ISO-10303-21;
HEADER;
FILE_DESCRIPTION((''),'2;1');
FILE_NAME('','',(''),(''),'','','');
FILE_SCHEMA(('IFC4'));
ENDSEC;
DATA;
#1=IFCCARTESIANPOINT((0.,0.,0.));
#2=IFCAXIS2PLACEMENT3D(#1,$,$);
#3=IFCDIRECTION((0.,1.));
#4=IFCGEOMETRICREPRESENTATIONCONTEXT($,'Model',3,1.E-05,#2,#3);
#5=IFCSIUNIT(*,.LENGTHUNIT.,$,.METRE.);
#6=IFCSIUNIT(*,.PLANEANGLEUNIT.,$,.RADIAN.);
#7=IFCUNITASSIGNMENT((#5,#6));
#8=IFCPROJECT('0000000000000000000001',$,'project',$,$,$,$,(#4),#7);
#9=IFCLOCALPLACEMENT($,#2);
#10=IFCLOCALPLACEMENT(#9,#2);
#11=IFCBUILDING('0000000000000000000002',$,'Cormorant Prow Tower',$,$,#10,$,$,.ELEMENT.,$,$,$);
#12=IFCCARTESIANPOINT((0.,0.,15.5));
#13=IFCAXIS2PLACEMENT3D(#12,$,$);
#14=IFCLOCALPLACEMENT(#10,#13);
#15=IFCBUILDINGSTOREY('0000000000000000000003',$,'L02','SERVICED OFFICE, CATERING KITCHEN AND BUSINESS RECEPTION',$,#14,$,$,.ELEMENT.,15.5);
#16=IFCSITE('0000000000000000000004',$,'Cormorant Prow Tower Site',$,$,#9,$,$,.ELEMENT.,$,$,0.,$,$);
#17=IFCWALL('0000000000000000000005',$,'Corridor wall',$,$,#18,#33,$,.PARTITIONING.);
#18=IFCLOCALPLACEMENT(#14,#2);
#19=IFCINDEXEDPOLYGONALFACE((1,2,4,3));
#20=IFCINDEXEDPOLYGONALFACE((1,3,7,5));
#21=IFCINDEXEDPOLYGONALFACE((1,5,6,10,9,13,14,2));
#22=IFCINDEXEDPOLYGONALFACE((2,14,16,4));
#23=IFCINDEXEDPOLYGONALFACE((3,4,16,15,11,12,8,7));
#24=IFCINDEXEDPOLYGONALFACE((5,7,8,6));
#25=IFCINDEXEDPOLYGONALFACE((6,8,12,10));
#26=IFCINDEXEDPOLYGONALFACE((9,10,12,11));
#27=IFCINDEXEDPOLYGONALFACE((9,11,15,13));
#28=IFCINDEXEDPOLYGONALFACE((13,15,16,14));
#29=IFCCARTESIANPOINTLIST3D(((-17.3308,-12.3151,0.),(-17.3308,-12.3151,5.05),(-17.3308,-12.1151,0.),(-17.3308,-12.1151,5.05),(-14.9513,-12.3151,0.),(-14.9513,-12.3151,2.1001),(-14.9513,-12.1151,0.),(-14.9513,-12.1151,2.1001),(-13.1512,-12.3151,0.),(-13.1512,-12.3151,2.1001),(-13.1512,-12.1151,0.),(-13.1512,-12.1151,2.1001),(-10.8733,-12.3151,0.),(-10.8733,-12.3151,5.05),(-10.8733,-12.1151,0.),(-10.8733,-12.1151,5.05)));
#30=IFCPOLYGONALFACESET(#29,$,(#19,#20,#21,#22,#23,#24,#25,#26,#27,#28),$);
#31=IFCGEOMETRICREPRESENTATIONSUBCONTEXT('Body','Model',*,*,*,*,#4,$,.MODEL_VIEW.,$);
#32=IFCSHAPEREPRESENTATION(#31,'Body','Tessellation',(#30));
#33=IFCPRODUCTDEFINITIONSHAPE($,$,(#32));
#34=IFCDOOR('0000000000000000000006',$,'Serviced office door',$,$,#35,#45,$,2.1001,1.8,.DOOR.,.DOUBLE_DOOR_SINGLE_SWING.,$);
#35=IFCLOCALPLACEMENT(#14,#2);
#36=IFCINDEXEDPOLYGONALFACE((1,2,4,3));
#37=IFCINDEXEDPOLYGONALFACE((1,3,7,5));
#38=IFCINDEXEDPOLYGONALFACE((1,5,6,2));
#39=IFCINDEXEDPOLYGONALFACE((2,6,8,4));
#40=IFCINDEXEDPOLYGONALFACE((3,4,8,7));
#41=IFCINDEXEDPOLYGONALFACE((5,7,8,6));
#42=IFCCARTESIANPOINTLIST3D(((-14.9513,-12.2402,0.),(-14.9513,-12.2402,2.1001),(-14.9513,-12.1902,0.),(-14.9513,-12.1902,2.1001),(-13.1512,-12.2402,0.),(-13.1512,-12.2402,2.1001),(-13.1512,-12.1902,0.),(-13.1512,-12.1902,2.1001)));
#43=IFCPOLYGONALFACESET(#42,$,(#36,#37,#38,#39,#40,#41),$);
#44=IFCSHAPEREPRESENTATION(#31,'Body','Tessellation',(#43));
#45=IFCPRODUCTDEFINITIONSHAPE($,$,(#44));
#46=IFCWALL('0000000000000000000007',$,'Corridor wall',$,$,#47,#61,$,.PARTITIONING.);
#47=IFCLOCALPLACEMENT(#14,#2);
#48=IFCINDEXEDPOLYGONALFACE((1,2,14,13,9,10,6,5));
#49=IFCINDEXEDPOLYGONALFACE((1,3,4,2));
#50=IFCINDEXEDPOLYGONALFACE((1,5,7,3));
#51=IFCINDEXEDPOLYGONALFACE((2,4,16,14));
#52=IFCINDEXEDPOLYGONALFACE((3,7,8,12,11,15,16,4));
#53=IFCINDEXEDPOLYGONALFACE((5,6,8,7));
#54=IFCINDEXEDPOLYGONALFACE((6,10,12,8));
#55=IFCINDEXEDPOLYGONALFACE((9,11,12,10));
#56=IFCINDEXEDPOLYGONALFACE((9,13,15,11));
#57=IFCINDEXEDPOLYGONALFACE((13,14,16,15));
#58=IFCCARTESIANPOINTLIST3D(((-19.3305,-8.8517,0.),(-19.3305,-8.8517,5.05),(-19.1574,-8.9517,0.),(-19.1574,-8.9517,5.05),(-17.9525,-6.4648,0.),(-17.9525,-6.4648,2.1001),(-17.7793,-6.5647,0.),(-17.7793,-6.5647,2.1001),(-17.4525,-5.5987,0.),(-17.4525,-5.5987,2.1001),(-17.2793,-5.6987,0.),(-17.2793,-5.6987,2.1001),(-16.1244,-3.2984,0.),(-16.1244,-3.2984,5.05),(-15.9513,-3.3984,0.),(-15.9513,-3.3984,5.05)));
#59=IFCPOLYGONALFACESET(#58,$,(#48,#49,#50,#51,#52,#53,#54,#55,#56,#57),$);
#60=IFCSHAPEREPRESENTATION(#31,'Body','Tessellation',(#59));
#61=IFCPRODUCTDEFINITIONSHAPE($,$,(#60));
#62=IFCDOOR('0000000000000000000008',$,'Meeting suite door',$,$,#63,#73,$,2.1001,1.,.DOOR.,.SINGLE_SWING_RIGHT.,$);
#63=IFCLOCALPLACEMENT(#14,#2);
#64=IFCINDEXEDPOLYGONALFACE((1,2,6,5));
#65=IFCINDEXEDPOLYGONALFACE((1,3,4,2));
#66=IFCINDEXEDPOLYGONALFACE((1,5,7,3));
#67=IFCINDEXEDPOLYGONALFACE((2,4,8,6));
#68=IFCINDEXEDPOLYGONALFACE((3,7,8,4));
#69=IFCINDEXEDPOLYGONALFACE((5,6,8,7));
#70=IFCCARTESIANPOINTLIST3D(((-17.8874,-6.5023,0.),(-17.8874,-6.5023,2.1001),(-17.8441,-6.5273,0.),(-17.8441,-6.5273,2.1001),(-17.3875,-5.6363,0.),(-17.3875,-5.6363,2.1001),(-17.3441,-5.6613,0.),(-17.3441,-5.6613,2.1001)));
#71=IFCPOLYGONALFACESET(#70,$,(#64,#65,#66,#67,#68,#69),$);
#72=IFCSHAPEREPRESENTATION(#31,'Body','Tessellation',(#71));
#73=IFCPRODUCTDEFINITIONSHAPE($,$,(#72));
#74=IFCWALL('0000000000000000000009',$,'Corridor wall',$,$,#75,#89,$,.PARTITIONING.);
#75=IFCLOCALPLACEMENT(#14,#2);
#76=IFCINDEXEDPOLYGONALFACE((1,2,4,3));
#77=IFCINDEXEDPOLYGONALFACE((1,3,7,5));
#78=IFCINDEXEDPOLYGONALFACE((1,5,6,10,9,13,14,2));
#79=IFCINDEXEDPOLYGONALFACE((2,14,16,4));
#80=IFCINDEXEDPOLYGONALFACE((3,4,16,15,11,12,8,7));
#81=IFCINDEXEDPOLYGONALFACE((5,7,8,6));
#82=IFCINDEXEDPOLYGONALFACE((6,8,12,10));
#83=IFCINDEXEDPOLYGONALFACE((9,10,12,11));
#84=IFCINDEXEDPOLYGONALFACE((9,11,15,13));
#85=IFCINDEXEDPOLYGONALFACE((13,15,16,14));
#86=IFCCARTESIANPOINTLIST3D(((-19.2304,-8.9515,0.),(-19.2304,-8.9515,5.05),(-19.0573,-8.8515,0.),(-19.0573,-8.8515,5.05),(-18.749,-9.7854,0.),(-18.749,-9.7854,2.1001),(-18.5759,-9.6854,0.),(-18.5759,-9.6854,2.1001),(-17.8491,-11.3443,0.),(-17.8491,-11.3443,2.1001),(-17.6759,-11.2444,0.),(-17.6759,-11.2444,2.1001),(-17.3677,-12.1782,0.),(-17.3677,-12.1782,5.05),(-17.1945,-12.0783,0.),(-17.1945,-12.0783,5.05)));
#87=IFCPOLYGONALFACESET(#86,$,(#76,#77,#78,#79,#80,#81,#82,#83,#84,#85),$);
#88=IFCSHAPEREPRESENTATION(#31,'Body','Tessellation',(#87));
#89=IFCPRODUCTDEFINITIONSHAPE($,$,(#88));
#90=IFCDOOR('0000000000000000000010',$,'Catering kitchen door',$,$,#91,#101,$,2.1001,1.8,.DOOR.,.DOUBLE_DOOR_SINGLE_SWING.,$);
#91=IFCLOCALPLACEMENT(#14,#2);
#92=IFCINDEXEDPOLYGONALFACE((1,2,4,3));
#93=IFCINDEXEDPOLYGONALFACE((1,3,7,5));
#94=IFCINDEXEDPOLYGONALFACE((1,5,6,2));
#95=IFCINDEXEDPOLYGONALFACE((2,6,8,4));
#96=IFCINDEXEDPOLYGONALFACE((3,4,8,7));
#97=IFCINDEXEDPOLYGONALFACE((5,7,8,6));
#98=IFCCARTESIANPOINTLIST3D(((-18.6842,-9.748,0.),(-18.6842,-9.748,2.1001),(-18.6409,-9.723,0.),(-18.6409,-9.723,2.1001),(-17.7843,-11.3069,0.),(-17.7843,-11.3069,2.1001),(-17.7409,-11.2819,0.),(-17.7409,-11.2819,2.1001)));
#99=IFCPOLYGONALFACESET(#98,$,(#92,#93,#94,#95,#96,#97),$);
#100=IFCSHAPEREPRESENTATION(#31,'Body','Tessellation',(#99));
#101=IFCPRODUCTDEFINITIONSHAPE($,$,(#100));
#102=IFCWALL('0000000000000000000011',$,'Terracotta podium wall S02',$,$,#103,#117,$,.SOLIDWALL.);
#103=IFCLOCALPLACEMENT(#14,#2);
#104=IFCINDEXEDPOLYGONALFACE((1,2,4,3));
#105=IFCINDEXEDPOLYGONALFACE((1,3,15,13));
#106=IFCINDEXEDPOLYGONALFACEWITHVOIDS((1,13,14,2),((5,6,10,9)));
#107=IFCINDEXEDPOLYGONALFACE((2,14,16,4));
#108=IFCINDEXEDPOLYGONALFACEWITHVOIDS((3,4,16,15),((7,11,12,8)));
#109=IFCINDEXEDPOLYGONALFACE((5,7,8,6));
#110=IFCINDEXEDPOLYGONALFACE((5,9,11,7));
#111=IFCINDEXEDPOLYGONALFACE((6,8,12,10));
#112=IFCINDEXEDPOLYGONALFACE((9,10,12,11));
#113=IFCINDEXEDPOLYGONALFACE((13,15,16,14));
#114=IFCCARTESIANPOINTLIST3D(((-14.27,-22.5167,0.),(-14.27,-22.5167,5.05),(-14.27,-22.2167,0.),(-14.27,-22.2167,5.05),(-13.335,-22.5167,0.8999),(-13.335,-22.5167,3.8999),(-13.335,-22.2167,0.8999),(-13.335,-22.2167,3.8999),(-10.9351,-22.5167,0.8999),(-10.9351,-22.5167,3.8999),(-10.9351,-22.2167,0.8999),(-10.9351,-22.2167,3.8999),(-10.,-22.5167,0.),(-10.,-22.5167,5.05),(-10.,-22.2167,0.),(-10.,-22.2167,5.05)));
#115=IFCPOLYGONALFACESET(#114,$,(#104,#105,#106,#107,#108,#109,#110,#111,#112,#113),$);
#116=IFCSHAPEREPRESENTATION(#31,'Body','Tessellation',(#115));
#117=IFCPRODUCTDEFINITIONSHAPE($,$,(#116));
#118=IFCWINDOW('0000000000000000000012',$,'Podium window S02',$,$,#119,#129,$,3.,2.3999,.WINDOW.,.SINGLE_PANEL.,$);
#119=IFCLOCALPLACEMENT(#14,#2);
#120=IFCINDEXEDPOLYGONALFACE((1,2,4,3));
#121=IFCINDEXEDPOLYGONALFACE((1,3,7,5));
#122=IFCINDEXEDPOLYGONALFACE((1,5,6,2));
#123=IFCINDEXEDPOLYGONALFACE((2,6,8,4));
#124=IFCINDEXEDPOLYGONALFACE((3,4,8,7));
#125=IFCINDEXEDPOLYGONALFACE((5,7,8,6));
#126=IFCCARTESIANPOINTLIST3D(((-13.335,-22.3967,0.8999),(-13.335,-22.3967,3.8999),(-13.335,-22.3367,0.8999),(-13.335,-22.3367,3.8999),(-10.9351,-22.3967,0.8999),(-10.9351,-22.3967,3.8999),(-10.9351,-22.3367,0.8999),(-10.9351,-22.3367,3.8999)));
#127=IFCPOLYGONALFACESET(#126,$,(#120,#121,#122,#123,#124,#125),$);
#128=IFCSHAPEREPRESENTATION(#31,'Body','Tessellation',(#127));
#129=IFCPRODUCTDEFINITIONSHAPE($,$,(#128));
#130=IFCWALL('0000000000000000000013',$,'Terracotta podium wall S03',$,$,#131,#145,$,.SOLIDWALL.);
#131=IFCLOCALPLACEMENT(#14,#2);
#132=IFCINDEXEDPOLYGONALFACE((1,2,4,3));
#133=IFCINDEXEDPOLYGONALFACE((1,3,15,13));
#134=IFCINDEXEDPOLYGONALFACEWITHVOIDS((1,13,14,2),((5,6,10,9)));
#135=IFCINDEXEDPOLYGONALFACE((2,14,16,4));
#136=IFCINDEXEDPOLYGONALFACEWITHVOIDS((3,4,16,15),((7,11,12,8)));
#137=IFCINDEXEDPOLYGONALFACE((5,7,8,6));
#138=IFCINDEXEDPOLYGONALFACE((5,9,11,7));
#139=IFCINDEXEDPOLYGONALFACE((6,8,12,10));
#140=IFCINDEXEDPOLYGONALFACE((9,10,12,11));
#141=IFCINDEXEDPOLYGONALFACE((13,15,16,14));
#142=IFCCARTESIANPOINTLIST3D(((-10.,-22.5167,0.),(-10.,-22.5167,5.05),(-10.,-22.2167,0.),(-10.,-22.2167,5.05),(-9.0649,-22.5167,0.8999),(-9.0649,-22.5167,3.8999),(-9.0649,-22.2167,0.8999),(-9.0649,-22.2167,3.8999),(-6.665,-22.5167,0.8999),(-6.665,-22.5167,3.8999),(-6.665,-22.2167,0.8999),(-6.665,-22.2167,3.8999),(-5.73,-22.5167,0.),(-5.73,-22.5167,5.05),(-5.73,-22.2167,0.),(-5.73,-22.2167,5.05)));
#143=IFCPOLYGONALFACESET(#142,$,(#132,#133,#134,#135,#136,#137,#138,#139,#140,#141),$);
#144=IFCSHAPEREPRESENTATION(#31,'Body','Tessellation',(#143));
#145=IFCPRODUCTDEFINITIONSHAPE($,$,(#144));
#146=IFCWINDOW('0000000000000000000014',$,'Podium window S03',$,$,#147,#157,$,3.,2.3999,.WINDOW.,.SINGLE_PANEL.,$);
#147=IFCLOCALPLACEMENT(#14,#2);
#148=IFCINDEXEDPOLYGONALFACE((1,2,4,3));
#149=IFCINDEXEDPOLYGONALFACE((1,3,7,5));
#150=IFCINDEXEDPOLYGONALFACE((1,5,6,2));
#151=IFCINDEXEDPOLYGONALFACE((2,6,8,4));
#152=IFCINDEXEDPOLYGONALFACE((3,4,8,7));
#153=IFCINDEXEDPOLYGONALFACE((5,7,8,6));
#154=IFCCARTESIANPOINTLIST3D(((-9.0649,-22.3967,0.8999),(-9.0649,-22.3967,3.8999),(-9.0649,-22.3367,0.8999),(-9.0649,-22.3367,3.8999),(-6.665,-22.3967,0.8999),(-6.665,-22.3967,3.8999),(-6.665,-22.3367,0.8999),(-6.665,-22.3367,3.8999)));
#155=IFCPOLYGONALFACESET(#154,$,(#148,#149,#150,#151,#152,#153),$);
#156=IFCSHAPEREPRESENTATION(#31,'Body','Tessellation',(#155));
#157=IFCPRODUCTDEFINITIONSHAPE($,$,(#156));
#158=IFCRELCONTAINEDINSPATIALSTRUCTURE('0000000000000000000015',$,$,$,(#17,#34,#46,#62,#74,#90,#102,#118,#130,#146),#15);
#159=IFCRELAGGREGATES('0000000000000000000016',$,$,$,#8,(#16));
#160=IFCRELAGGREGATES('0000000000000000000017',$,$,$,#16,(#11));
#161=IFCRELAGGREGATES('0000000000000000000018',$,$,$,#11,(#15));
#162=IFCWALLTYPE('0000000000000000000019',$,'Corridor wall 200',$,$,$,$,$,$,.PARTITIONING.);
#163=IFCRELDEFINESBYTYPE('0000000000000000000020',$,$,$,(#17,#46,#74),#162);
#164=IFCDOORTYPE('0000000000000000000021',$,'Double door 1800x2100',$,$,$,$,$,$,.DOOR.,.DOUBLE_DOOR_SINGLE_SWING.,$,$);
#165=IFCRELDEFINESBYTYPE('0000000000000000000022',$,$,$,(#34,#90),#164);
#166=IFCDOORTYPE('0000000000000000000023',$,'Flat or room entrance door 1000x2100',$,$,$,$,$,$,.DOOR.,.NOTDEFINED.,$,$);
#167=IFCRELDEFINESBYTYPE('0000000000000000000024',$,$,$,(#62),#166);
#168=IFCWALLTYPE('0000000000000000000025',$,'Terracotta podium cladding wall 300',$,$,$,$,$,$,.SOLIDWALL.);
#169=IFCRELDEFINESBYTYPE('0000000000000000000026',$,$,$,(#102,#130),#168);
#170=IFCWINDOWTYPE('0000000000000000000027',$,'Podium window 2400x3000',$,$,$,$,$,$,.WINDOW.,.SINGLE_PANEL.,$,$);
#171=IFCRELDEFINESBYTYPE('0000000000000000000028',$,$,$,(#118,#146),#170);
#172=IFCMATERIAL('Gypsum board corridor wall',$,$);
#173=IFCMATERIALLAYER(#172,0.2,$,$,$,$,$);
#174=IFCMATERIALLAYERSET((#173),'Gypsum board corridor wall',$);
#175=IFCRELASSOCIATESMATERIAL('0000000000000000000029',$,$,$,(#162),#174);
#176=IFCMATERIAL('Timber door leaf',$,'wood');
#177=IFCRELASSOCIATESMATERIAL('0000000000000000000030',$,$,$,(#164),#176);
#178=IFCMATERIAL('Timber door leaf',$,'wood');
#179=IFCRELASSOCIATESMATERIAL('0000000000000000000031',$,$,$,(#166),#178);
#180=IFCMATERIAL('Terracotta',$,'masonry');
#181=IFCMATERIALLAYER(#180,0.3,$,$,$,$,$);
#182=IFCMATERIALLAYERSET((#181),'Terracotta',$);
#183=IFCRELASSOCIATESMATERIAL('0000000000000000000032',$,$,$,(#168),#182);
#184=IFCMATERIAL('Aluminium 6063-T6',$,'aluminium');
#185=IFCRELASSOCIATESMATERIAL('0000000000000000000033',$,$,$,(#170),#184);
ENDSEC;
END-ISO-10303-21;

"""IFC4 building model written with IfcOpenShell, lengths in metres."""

from ifc_helpers import new_model, si_unit, direction, frame, frame_2d, origin, place, context, subcontext, project, spatial, rectangle, extrude, material, layer, layer_set, type_object, element, fill, save


model = new_model("IFC4")

# Units and contexts
model_context = context("Model", 3, precision=1e-05, world=origin(), true_north=direction((0.0, 1.0)))
body_context = subcontext(model_context, "Body", "Model", "MODEL_VIEW")
ifc_project = project(units=[si_unit("LENGTHUNIT", "METRE"), si_unit("PLANEANGLEUNIT", "RADIAN")], contexts=[model_context])

# Site, building, storey
site_placement = place(None, origin())
site = spatial("IfcSite", under=ifc_project, at=site_placement, Name="Cormorant Prow Tower Site", CompositionType="ELEMENT", RefElevation=0.0)
building_placement = place(site_placement, origin())
building = spatial("IfcBuilding", under=site, at=building_placement, Name="Cormorant Prow Tower", CompositionType="ELEMENT")
storey_placement = place(building_placement, frame((0.0, 0.0, 15.5)))
storey = spatial("IfcBuildingStorey", under=building, at=storey_placement, Name="L02", Description="SERVICED OFFICE, CATERING KITCHEN AND BUSINESS RECEPTION", CompositionType="ELEMENT", Elevation=15.5)

# Shared definitions
ifc_material_1 = material(Name="Gypsum board corridor wall")
ifc_layer_1 = layer(ifc_material_1, 0.2)
ifc_layer_set_1 = layer_set([ifc_layer_1], Name="Gypsum board corridor wall")
wall_type_1 = type_object("IfcWallType", Name="Corridor wall 200", PredefinedType="PARTITIONING", material=ifc_layer_set_1)

# Walls, openings, doors
ifc_material_2 = material(Name="Timber door leaf", Category="wood")
door_type_1 = type_object("IfcDoorType", Name="Double door 1800x2100", OperationType="DOUBLE_DOOR_SINGLE_SWING", PredefinedType="DOOR", material=ifc_material_2)
wall_1_placement = place(storey_placement, frame((-17.3308, -12.2151, 0.0), z_axis=(0.0, 0.0, 1.0), x_axis=(1.0, 0.0, 0.0)))
wall_1 = element("IfcWall", 1, at=wall_1_placement, inside=storey, type_object=wall_type_1, Name="Corridor wall", PredefinedType="PARTITIONING", context=body_context, shape_type="SweptSolid", body=[
    extrude(rectangle(XDim=6.4575, YDim=0.2, at=frame_2d((3.2288, 0.0))), origin(), (0.0, 0.0, 1.0), 5.05),
])
opening_1_placement = place(wall_1_placement, frame((2.3796, 0.0, 0.0)))
opening_1 = element("IfcOpeningElement", 2, at=opening_1_placement, cuts=wall_1, PredefinedType="OPENING", context=body_context, shape_type="SweptSolid", body=[
    extrude(rectangle(XDim=1.8, YDim=2.1001, at=frame_2d((0.8999, 1.05))), frame((0.0, 0.1099, 0.0), z_axis=(0.0, -1.0, 0.0), x_axis=(1.0, 0.0, 0.0)), (0.0, 0.0, 1.0), 0.22),
])
door_1_placement = place(opening_1_placement, origin())
door_1 = element("IfcDoor", 3, at=door_1_placement, inside=storey, type_object=door_type_1, Name="Serviced office door", OperationType="DOUBLE_DOOR_SINGLE_SWING", OverallHeight=2.1001, OverallWidth=1.8, PredefinedType="DOOR", context=body_context, shape_type="SweptSolid", body=[
    extrude(rectangle(XDim=1.8, YDim=2.1001, at=frame_2d((0.8999, 1.05))), frame((0.0, 0.0249, 0.0), z_axis=(0.0, -1.0, 0.0), x_axis=(1.0, 0.0, 0.0)), (0.0, 0.0, 1.0), 0.05),
])
fill(opening_1, door_1)
wall_2_placement = place(storey_placement, frame((-19.2439, -8.9016, 0.0), z_axis=(0.0, 0.0, 1.0), x_axis=(0.499988, 0.866032, 0.0)))
wall_2 = element("IfcWall", 4, at=wall_2_placement, inside=storey, type_object=wall_type_1, Name="Corridor wall", PredefinedType="PARTITIONING", context=body_context, shape_type="SweptSolid", body=[
    extrude(rectangle(XDim=6.4124, YDim=0.2, at=frame_2d((3.2061, 0.0))), origin(), (0.0, 0.0, 1.0), 5.05),
])
opening_2_placement = place(wall_2_placement, frame((2.7561, 0.0, 0.0)))
opening_2 = element("IfcOpeningElement", 5, at=opening_2_placement, cuts=wall_2, PredefinedType="OPENING", context=body_context, shape_type="SweptSolid", body=[
    extrude(rectangle(XDim=1.0, YDim=2.1001, at=frame_2d((0.5, 1.05))), frame((0.0, 0.1099, 0.0), z_axis=(0.0, -1.0, 0.0), x_axis=(1.0, 0.0, 0.0)), (0.0, 0.0, 1.0), 0.22),
])
ifc_material_3 = material(Name="Timber door leaf", Category="wood")
door_type_2 = type_object("IfcDoorType", Name="Flat or room entrance door 1000x2100", OperationType="NOTDEFINED", PredefinedType="DOOR", material=ifc_material_3)
door_2_placement = place(opening_2_placement, origin())
door_2 = element("IfcDoor", 6, at=door_2_placement, inside=storey, type_object=door_type_2, Name="Meeting suite door", OperationType="SINGLE_SWING_RIGHT", OverallHeight=2.1001, OverallWidth=1.0, PredefinedType="DOOR", context=body_context, shape_type="SweptSolid", body=[
    extrude(rectangle(XDim=1.0, YDim=2.1001, at=frame_2d((0.5, 1.05))), frame((0.0, 0.0249, 0.0), z_axis=(0.0, -1.0, 0.0), x_axis=(1.0, 0.0, 0.0)), (0.0, 0.0, 1.0), 0.05),
])
fill(opening_2, door_2)
wall_3_placement = place(storey_placement, frame((-19.1438, -8.9016, 0.0), z_axis=(0.0, 0.0, 1.0), x_axis=(0.499959, -0.866049, 0.0)))
wall_3 = element("IfcWall", 7, at=wall_3_placement, inside=storey, type_object=wall_type_1, Name="Corridor wall", PredefinedType="PARTITIONING", context=body_context, shape_type="SweptSolid", body=[
    extrude(rectangle(XDim=3.7258, YDim=0.2, at=frame_2d((1.8628, 0.0))), origin(), (0.0, 0.0, 1.0), 5.05),
])
opening_3_placement = place(wall_3_placement, frame((0.9629, 0.0, 0.0)))
opening_3 = element("IfcOpeningElement", 8, at=opening_3_placement, cuts=wall_3, PredefinedType="OPENING", context=body_context, shape_type="SweptSolid", body=[
    extrude(rectangle(XDim=1.8, YDim=2.1001, at=frame_2d((0.8999, 1.05))), frame((0.0, 0.1099, 0.0), z_axis=(0.0, -1.0, 0.0), x_axis=(1.0, 0.0, 0.0)), (0.0, 0.0, 1.0), 0.22),
])
door_3_placement = place(opening_3_placement, origin())
door_3 = element("IfcDoor", 9, at=door_3_placement, inside=storey, type_object=door_type_1, Name="Catering kitchen door", OperationType="DOUBLE_DOOR_SINGLE_SWING", OverallHeight=2.1001, OverallWidth=1.8, PredefinedType="DOOR", context=body_context, shape_type="SweptSolid", body=[
    extrude(rectangle(XDim=1.8, YDim=2.1001, at=frame_2d((0.8999, 1.05))), frame((0.0, 0.0249, 0.0), z_axis=(0.0, -1.0, 0.0), x_axis=(1.0, 0.0, 0.0)), (0.0, 0.0, 1.0), 0.05),
])
fill(opening_3, door_3)

# Walls, openings, windows
ifc_material_4 = material(Name="Terracotta", Category="masonry")
ifc_layer_2 = layer(ifc_material_4, 0.3)
ifc_layer_set_2 = layer_set([ifc_layer_2], Name="Terracotta")
wall_type_2 = type_object("IfcWallType", Name="Terracotta podium cladding wall 300", PredefinedType="SOLIDWALL", material=ifc_layer_set_2)
wall_4_placement = place(storey_placement, frame((-14.27, -22.3667, 0.0), z_axis=(0.0, 0.0, 1.0), x_axis=(1.0, 0.0, 0.0)))
wall_4 = element("IfcWall", 10, at=wall_4_placement, inside=storey, type_object=wall_type_2, Name="Terracotta podium wall S02", PredefinedType="SOLIDWALL", context=body_context, shape_type="SweptSolid", body=[
    extrude(rectangle(XDim=4.27, YDim=0.3, at=frame_2d((2.135, 0.0))), origin(), (0.0, 0.0, 1.0), 5.05),
])
opening_4_placement = place(wall_4_placement, frame((0.9351, 0.0, 0.8999)))
opening_4 = element("IfcOpeningElement", 11, at=opening_4_placement, cuts=wall_4, PredefinedType="OPENING", context=body_context, shape_type="SweptSolid", body=[
    extrude(rectangle(XDim=2.3999, YDim=3.0, at=frame_2d((1.2, 1.5))), frame((0.0, 0.1599, 0.0), z_axis=(0.0, -1.0, 0.0), x_axis=(1.0, 0.0, 0.0)), (0.0, 0.0, 1.0), 0.3201),
])
ifc_material_5 = material(Name="Aluminium 6063-T6", Category="aluminium")
window_type = type_object("IfcWindowType", Name="Podium window 2400x3000", PartitioningType="SINGLE_PANEL", PredefinedType="WINDOW", material=ifc_material_5)
window_1_placement = place(opening_4_placement, origin())
window_1 = element("IfcWindow", 12, at=window_1_placement, inside=storey, type_object=window_type, Name="Podium window S02", OverallHeight=3.0, OverallWidth=2.3999, PartitioningType="SINGLE_PANEL", PredefinedType="WINDOW", context=body_context, shape_type="SweptSolid", body=[
    extrude(rectangle(XDim=2.3999, YDim=3.0, at=frame_2d((1.2, 1.5))), frame((0.0, 0.03, 0.0), z_axis=(0.0, -1.0, 0.0), x_axis=(1.0, 0.0, 0.0)), (0.0, 0.0, 1.0), 0.0601),
])
fill(opening_4, window_1)
wall_5_placement = place(storey_placement, frame((-10.0, -22.3667, 0.0), z_axis=(0.0, 0.0, 1.0), x_axis=(1.0, 0.0, 0.0)))
wall_5 = element("IfcWall", 13, at=wall_5_placement, inside=storey, type_object=wall_type_2, Name="Terracotta podium wall S03", PredefinedType="SOLIDWALL", context=body_context, shape_type="SweptSolid", body=[
    extrude(rectangle(XDim=4.27, YDim=0.3, at=frame_2d((2.135, 0.0))), origin(), (0.0, 0.0, 1.0), 5.05),
])
opening_5_placement = place(wall_5_placement, frame((0.9351, 0.0, 0.8999)))
opening_5 = element("IfcOpeningElement", 14, at=opening_5_placement, cuts=wall_5, PredefinedType="OPENING", context=body_context, shape_type="SweptSolid", body=[
    extrude(rectangle(XDim=2.3999, YDim=3.0, at=frame_2d((1.2, 1.5))), frame((0.0, 0.1599, 0.0), z_axis=(0.0, -1.0, 0.0), x_axis=(1.0, 0.0, 0.0)), (0.0, 0.0, 1.0), 0.3201),
])
window_2_placement = place(opening_5_placement, origin())
window_2 = element("IfcWindow", 15, at=window_2_placement, inside=storey, type_object=window_type, Name="Podium window S03", OverallHeight=3.0, OverallWidth=2.3999, PartitioningType="SINGLE_PANEL", PredefinedType="WINDOW", context=body_context, shape_type="SweptSolid", body=[
    extrude(rectangle(XDim=2.3999, YDim=3.0, at=frame_2d((1.2, 1.5))), frame((0.0, 0.03, 0.0), z_axis=(0.0, -1.0, 0.0), x_axis=(1.0, 0.0, 0.0)), (0.0, 0.0, 1.0), 0.0601),
])
fill(opening_5, window_2)

save(model, "model.ifc")
